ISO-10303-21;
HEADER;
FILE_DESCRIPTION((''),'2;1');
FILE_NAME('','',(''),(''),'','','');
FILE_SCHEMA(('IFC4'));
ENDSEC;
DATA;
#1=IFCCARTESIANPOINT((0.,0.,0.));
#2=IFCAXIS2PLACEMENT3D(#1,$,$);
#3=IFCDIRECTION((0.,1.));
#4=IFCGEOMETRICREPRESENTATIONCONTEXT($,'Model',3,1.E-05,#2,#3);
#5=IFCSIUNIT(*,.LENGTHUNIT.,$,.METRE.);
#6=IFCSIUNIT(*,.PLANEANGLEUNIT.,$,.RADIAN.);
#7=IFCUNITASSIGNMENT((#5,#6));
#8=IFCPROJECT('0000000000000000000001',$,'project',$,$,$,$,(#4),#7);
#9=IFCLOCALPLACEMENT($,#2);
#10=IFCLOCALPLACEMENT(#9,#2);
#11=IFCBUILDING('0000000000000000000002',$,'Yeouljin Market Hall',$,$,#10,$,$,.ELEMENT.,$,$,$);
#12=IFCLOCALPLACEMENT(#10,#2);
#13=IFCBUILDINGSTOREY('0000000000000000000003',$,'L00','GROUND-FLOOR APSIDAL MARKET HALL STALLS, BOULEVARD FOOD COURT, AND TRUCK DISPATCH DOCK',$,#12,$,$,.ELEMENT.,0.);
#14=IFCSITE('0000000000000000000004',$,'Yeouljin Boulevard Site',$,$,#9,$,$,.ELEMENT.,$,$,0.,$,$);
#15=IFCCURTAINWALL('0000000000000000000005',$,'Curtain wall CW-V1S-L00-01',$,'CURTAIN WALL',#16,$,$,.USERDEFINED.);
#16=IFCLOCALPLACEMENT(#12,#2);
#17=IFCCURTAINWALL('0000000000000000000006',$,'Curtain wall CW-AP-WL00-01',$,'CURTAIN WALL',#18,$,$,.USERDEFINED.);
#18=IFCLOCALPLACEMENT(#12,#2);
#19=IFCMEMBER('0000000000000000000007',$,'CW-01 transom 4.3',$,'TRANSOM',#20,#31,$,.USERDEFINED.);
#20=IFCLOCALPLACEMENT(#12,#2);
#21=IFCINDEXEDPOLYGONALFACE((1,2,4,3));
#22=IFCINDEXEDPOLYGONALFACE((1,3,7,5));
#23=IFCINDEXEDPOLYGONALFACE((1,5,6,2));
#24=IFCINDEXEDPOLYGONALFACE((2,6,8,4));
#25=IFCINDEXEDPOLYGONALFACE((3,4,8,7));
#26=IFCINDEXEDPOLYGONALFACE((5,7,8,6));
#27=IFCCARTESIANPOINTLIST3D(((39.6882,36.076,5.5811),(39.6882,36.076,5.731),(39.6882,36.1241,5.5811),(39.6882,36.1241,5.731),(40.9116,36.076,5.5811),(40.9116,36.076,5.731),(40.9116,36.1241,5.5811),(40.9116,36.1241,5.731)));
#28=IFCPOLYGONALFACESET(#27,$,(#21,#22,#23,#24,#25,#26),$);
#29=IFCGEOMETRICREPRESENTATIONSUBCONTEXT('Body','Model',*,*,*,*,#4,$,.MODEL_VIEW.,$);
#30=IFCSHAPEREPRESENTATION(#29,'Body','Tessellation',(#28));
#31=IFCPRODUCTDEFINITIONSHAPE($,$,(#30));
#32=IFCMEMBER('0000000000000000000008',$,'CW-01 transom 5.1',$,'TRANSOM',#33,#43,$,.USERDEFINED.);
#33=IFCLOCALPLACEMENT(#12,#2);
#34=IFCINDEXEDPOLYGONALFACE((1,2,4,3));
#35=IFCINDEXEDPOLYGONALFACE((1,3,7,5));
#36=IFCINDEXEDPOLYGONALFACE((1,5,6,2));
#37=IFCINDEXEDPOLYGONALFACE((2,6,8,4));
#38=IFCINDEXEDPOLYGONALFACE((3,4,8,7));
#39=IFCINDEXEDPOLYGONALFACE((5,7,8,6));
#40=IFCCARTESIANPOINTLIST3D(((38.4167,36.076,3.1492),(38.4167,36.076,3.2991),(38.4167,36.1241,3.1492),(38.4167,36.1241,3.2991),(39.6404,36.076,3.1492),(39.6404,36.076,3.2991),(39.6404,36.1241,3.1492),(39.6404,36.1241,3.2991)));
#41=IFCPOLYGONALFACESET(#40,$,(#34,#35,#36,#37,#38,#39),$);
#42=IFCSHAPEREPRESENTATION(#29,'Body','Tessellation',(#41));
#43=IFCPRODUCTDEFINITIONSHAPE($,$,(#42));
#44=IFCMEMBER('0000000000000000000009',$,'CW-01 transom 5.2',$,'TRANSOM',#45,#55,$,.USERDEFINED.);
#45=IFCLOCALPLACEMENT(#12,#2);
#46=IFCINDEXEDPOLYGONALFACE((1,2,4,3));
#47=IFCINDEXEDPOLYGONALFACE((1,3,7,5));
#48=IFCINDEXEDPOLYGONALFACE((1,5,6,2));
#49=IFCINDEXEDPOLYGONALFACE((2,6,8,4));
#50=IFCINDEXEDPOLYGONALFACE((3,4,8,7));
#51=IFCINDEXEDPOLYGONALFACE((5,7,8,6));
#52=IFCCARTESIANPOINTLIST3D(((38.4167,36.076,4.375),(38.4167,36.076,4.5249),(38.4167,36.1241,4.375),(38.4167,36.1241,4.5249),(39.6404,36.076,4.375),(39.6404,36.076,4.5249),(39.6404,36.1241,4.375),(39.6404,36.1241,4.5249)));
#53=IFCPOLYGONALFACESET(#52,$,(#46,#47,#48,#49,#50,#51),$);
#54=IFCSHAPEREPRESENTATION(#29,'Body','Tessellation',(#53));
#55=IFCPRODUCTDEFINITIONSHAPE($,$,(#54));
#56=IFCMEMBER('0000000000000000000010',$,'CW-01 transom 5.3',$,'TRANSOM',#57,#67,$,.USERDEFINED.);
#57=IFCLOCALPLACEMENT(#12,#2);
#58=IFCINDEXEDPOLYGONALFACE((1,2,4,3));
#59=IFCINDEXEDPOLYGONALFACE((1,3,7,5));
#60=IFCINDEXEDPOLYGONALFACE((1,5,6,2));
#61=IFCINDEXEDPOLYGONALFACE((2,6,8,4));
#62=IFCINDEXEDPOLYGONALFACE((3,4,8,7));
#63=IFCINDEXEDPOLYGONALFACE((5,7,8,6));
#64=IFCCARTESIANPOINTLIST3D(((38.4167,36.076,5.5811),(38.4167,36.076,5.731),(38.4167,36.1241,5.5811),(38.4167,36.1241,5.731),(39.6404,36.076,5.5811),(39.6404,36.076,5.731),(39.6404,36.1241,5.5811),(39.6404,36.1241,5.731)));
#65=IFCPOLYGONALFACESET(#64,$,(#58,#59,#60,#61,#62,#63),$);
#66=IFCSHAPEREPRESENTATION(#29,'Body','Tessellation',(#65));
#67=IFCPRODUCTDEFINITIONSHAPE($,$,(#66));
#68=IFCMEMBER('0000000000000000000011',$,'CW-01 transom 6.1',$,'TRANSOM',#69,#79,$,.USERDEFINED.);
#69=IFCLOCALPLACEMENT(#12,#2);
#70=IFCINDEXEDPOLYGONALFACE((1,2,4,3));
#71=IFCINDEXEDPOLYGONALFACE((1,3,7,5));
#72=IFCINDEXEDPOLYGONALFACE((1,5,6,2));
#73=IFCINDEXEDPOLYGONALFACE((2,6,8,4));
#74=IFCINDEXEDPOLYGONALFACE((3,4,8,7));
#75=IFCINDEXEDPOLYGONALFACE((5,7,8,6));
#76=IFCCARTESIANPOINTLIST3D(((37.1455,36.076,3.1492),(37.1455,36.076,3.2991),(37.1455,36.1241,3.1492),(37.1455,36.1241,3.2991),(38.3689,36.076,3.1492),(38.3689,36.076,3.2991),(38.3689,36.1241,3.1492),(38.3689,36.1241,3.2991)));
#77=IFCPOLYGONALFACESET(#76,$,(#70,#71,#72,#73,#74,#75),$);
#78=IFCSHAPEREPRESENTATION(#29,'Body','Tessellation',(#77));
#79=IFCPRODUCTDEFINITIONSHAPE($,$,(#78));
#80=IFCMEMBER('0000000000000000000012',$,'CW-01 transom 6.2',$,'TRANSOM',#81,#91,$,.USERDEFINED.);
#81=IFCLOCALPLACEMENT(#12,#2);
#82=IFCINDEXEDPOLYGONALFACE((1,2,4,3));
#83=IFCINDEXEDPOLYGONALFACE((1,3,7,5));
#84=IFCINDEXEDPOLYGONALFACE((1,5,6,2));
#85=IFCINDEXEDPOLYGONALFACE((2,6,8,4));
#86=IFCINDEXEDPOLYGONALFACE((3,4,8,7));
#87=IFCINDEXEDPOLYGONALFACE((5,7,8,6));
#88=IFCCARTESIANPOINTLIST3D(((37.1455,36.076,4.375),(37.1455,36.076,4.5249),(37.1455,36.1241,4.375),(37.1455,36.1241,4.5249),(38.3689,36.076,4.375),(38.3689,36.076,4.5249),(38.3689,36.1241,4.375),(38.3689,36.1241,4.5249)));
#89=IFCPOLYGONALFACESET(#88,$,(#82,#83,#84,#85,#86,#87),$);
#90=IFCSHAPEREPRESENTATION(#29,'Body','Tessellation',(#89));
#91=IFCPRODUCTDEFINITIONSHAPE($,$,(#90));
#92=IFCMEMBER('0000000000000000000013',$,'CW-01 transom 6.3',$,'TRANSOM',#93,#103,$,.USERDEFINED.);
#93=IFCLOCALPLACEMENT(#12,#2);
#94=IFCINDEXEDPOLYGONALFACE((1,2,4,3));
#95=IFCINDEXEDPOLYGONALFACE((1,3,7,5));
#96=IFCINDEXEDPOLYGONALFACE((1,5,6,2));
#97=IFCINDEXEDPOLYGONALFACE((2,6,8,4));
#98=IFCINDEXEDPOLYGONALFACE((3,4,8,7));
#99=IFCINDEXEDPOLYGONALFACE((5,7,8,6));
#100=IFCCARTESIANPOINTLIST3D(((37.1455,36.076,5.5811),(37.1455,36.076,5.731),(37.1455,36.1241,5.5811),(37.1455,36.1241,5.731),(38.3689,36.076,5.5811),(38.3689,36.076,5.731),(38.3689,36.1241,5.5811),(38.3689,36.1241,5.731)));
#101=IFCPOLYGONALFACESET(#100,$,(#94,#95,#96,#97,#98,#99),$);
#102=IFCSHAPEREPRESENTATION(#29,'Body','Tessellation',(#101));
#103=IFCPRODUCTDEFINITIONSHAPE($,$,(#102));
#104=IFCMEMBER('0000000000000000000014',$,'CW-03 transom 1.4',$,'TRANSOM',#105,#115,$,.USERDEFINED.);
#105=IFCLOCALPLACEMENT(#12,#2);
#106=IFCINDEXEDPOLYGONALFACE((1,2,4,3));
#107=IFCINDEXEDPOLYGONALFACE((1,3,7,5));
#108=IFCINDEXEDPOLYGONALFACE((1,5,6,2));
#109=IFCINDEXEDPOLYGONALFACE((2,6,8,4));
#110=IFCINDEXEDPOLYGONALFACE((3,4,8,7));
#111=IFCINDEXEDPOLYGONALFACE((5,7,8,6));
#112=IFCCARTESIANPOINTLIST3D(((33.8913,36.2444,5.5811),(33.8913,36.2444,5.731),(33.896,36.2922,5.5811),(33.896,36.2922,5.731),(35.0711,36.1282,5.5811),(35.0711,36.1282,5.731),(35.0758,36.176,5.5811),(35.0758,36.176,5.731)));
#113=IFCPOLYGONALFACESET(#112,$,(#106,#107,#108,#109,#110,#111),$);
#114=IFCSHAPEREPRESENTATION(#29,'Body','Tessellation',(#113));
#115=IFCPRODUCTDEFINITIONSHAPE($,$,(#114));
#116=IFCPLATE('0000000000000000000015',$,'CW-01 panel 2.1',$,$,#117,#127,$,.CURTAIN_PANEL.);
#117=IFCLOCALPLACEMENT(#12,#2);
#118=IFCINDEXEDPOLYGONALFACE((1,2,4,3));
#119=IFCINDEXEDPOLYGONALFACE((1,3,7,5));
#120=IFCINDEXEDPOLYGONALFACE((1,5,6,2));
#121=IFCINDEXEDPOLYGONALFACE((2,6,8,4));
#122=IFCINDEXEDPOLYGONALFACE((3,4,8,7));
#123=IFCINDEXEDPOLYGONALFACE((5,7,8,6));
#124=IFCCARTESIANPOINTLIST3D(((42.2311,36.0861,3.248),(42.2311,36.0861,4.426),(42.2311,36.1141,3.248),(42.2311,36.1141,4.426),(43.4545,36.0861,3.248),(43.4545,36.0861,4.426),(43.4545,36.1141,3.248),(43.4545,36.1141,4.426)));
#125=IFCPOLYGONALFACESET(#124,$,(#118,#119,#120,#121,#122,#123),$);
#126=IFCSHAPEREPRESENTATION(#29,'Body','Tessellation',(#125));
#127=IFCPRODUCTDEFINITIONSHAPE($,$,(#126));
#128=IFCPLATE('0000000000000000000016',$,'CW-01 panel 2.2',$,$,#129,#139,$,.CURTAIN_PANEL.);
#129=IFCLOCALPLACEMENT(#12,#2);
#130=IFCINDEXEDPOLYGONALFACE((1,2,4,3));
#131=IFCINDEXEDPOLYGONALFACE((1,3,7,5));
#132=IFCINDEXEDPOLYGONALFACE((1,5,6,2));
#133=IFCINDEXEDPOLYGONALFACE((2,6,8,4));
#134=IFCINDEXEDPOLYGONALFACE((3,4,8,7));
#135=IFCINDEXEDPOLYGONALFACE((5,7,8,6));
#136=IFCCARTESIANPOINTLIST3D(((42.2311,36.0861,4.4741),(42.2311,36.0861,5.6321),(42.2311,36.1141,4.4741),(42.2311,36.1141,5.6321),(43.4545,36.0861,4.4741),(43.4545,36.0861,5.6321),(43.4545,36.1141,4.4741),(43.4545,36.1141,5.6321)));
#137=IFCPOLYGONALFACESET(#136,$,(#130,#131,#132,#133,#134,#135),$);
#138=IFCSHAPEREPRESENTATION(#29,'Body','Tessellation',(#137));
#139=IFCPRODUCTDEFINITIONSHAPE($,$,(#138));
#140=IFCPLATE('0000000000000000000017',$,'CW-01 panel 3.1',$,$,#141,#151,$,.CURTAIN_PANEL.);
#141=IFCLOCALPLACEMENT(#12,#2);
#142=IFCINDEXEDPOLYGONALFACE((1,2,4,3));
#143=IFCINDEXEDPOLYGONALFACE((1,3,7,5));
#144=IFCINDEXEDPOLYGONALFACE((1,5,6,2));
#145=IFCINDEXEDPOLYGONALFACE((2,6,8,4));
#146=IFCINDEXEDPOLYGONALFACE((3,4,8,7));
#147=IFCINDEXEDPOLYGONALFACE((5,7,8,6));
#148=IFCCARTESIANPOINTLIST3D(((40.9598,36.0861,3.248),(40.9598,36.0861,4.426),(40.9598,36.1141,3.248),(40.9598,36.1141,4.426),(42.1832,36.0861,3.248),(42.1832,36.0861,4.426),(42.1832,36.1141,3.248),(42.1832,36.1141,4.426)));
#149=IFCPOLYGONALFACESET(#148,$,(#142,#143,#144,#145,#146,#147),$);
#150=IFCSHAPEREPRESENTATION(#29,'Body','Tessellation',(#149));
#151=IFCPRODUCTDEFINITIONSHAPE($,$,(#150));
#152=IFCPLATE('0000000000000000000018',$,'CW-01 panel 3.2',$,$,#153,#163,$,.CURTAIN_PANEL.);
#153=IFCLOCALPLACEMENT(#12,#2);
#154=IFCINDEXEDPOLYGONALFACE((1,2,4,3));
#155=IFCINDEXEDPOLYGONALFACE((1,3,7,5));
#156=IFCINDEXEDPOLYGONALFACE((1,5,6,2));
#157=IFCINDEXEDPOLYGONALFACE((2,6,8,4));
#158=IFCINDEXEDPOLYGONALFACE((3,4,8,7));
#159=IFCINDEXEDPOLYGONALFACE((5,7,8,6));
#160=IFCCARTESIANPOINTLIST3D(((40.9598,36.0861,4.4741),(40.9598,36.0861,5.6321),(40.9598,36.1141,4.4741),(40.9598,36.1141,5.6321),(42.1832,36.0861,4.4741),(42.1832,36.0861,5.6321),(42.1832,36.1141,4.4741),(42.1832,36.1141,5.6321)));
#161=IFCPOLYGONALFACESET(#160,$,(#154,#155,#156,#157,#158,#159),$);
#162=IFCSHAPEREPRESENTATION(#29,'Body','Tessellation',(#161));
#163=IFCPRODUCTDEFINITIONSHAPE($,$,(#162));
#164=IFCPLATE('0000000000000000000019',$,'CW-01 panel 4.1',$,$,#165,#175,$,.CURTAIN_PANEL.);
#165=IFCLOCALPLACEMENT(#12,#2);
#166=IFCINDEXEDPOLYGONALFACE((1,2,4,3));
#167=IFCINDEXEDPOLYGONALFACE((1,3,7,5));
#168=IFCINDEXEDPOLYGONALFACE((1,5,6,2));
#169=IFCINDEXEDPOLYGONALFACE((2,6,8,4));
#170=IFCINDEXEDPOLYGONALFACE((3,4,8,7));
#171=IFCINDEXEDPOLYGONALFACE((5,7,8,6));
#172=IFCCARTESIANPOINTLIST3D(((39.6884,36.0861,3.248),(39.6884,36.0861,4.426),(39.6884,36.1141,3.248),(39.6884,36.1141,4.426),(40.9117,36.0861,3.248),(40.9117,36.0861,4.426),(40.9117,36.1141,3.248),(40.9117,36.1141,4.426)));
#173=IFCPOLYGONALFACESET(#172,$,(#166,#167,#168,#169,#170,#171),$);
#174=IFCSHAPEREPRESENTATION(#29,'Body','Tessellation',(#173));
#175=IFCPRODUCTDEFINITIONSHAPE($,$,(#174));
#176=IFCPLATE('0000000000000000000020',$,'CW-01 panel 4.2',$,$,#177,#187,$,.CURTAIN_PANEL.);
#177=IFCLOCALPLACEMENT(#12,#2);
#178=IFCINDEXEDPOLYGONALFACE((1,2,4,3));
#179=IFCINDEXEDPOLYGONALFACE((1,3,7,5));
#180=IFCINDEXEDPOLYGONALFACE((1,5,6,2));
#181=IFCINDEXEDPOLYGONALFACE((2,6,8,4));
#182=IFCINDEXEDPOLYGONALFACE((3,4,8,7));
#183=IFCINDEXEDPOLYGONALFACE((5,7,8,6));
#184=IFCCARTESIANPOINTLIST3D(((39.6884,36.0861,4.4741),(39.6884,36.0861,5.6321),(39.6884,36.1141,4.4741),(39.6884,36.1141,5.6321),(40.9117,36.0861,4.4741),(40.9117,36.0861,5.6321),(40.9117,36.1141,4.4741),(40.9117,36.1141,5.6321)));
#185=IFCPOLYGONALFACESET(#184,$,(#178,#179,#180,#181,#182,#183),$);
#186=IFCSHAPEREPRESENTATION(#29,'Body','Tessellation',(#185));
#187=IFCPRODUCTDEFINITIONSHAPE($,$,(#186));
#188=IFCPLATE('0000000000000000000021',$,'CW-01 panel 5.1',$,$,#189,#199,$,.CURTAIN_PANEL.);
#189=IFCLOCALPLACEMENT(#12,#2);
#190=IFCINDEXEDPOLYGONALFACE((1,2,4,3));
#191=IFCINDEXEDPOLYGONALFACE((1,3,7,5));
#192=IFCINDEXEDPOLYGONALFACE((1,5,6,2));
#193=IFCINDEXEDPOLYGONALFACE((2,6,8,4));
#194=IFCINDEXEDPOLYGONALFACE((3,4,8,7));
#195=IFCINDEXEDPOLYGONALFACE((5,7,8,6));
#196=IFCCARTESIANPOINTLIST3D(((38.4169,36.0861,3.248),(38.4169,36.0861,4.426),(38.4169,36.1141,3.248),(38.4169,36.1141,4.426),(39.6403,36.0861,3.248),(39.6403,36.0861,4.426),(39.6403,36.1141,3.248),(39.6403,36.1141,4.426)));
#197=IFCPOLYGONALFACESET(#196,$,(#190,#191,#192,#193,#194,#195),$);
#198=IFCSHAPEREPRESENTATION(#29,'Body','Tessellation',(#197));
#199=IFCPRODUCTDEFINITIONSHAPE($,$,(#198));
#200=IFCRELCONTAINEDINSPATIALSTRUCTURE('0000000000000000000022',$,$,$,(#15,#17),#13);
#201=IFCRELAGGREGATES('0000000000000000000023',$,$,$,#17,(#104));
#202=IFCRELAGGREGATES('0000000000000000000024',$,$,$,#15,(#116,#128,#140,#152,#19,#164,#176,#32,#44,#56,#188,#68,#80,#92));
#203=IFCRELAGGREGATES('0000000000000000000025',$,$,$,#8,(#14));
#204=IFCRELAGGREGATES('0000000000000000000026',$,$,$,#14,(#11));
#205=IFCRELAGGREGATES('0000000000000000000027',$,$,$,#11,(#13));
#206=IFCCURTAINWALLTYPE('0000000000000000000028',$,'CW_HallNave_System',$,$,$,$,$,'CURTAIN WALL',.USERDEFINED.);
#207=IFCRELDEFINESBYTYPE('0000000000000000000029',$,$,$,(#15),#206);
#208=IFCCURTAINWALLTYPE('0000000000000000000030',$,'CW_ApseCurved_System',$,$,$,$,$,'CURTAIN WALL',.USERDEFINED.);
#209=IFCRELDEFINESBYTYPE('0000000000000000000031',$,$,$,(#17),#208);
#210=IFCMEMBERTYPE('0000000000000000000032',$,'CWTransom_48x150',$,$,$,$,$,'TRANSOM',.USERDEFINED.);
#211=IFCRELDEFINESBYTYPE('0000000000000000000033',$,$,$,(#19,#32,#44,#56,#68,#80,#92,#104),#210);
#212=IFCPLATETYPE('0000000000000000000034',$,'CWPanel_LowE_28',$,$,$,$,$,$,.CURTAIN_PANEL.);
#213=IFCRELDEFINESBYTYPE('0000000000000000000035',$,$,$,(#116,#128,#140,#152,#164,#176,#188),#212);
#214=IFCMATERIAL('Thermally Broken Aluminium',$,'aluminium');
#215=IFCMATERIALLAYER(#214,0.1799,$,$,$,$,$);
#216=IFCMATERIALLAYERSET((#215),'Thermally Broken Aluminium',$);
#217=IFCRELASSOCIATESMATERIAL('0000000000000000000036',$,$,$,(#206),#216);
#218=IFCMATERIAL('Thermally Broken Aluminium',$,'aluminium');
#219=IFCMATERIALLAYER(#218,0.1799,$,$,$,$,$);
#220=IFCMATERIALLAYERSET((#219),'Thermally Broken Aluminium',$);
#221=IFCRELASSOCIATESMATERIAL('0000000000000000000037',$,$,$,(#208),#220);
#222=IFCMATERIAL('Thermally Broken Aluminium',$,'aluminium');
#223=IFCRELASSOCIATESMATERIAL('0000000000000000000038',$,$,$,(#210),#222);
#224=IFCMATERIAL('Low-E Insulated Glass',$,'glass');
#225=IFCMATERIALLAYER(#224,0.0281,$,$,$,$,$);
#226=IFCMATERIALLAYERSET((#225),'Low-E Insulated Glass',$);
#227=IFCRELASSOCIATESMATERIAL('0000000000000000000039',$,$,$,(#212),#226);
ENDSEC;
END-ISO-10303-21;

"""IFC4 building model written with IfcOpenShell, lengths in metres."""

from ifc_helpers import new_model, si_unit, direction, frame, origin, origin_2d, place, context, subcontext, project, spatial, rectangle, extrude, material, layer, layer_set, material_profile, profile_set, type_object, element, aggregate, save


model = new_model("IFC4")

# Units and contexts
model_context = context("Model", 3, precision=1e-05, world=origin(), true_north=direction((0.0, 1.0)))
body_context = subcontext(model_context, "Body", "Model", "MODEL_VIEW")
ifc_project = project(units=[si_unit("LENGTHUNIT", "METRE"), si_unit("PLANEANGLEUNIT", "RADIAN")], contexts=[model_context])

# Site, building, storey
site_placement = place(None, origin())
site = spatial("IfcSite", under=ifc_project, at=site_placement, Name="Yeouljin Boulevard Site", CompositionType="ELEMENT", RefElevation=0.0)
building_placement = place(site_placement, origin())
building = spatial("IfcBuilding", under=site, at=building_placement, Name="Yeouljin Market Hall", CompositionType="ELEMENT")
storey_placement = place(building_placement, origin())
storey = spatial("IfcBuildingStorey", under=building, at=storey_placement, Name="L00", Description="GROUND-FLOOR APSIDAL MARKET HALL STALLS, BOULEVARD FOOD COURT, AND TRUCK DISPATCH DOCK", CompositionType="ELEMENT", Elevation=0.0)

# Curtain wall
ifc_material_1 = material(Name="Thermally Broken Aluminium", Category="aluminium")
ifc_layer_1 = layer(ifc_material_1, 0.1799)
ifc_layer_set_1 = layer_set([ifc_layer_1], Name="Thermally Broken Aluminium")
curtain_wall_type_1 = type_object("IfcCurtainWallType", Name="CW_HallNave_System", ElementType="CURTAIN WALL", PredefinedType="USERDEFINED", material=ifc_layer_set_1)
curtain_wall_1_placement = place(storey_placement, origin())
curtain_wall_1 = element("IfcCurtainWall", 1, at=curtain_wall_1_placement, inside=storey, type_object=curtain_wall_type_1, Name="Curtain wall CW-V1S-L00-01", ObjectType="CURTAIN WALL", PredefinedType="USERDEFINED")

# Curtain wall
ifc_material_2 = material(Name="Thermally Broken Aluminium", Category="aluminium")
ifc_layer_2 = layer(ifc_material_2, 0.1799)
ifc_layer_set_2 = layer_set([ifc_layer_2], Name="Thermally Broken Aluminium")
curtain_wall_type_2 = type_object("IfcCurtainWallType", Name="CW_ApseCurved_System", ElementType="CURTAIN WALL", PredefinedType="USERDEFINED", material=ifc_layer_set_2)
curtain_wall_2_placement = place(storey_placement, origin())
curtain_wall_2 = element("IfcCurtainWall", 2, at=curtain_wall_2_placement, inside=storey, type_object=curtain_wall_type_2, Name="Curtain wall CW-AP-WL00-01", ObjectType="CURTAIN WALL", PredefinedType="USERDEFINED")

# Members
ifc_material_3 = material(Name="Thermally Broken Aluminium", Category="aluminium")
ifc_material_profile_1 = material_profile(ifc_material_3, rectangle(XDim=0.0481, YDim=0.1499, at=origin_2d()), Name="CW-TRAN-48x150")
ifc_profile_set_1 = profile_set([ifc_material_profile_1], Name="Thermally Broken Aluminium")
member_type_1 = type_object("IfcMemberType", Name="CWTransom_48x150", ElementType="TRANSOM", PredefinedType="USERDEFINED", material=ifc_profile_set_1)
member_1_placement = place(storey_placement, frame((40.9116, 36.1001, 5.656), z_axis=(-1.0, 0.0, 0.0), x_axis=(0.0, -1.0, 0.0)))
member_1 = element("IfcMember", 3, at=member_1_placement, type_object=member_type_1, Name="CW-01 transom 4.3", ObjectType="TRANSOM", PredefinedType="USERDEFINED", context=body_context, shape_type="SweptSolid", body=[
    extrude(rectangle(XDim=0.0481, YDim=0.1499, at=origin_2d()), origin(), (0.0, 0.0, 1.0), 1.2234),
])
member_2_placement = place(storey_placement, frame((39.6404, 36.1001, 3.2241), z_axis=(-1.0, 0.0, 0.0), x_axis=(0.0, -1.0, 0.0)))
member_2 = element("IfcMember", 4, at=member_2_placement, type_object=member_type_1, Name="CW-01 transom 5.1", ObjectType="TRANSOM", PredefinedType="USERDEFINED", context=body_context, shape_type="SweptSolid", body=[
    extrude(rectangle(XDim=0.0481, YDim=0.1499, at=origin_2d()), origin(), (0.0, 0.0, 1.0), 1.2236),
])
member_3_placement = place(storey_placement, frame((39.6404, 36.1001, 4.45), z_axis=(-1.0, 0.0, 0.0), x_axis=(0.0, -1.0, 0.0)))
member_3 = element("IfcMember", 5, at=member_3_placement, type_object=member_type_1, Name="CW-01 transom 5.2", ObjectType="TRANSOM", PredefinedType="USERDEFINED", context=body_context, shape_type="SweptSolid", body=[
    extrude(rectangle(XDim=0.0481, YDim=0.1499, at=origin_2d()), origin(), (0.0, 0.0, 1.0), 1.2236),
])
member_4_placement = place(storey_placement, frame((39.6404, 36.1001, 5.656), z_axis=(-1.0, 0.0, 0.0), x_axis=(0.0, -1.0, 0.0)))
member_4 = element("IfcMember", 6, at=member_4_placement, type_object=member_type_1, Name="CW-01 transom 5.3", ObjectType="TRANSOM", PredefinedType="USERDEFINED", context=body_context, shape_type="SweptSolid", body=[
    extrude(rectangle(XDim=0.0481, YDim=0.1499, at=origin_2d()), origin(), (0.0, 0.0, 1.0), 1.2236),
])
member_5_placement = place(storey_placement, frame((38.3689, 36.1001, 3.2241), z_axis=(-1.0, 0.0, 0.0), x_axis=(0.0, -1.0, 0.0)))
member_5 = element("IfcMember", 7, at=member_5_placement, type_object=member_type_1, Name="CW-01 transom 6.1", ObjectType="TRANSOM", PredefinedType="USERDEFINED", context=body_context, shape_type="SweptSolid", body=[
    extrude(rectangle(XDim=0.0481, YDim=0.1499, at=origin_2d()), origin(), (0.0, 0.0, 1.0), 1.2234),
])
member_6_placement = place(storey_placement, frame((38.3689, 36.1001, 4.45), z_axis=(-1.0, 0.0, 0.0), x_axis=(0.0, -1.0, 0.0)))
member_6 = element("IfcMember", 8, at=member_6_placement, type_object=member_type_1, Name="CW-01 transom 6.2", ObjectType="TRANSOM", PredefinedType="USERDEFINED", context=body_context, shape_type="SweptSolid", body=[
    extrude(rectangle(XDim=0.0481, YDim=0.1499, at=origin_2d()), origin(), (0.0, 0.0, 1.0), 1.2234),
])
member_7_placement = place(storey_placement, frame((38.3689, 36.1001, 5.656), z_axis=(-1.0, 0.0, 0.0), x_axis=(0.0, -1.0, 0.0)))
member_7 = element("IfcMember", 9, at=member_7_placement, type_object=member_type_1, Name="CW-01 transom 6.3", ObjectType="TRANSOM", PredefinedType="USERDEFINED", context=body_context, shape_type="SweptSolid", body=[
    extrude(rectangle(XDim=0.0481, YDim=0.1499, at=origin_2d()), origin(), (0.0, 0.0, 1.0), 1.2234),
])
member_8_placement = place(storey_placement, frame((35.0735, 36.1521, 5.656), z_axis=(-0.995185, 0.098015, 0.0), x_axis=(-0.098015, -0.995185, 0.0)))
member_8 = element("IfcMember", 10, at=member_8_placement, type_object=member_type_1, Name="CW-03 transom 1.4", ObjectType="TRANSOM", PredefinedType="USERDEFINED", context=body_context, shape_type="SweptSolid", body=[
    extrude(rectangle(XDim=0.0481, YDim=0.1499, at=origin_2d()), origin(), (0.0, 0.0, 1.0), 1.1855),
])
aggregate(curtain_wall_2, [member_8])

# Plates
ifc_material_4 = material(Name="Low-E Insulated Glass", Category="glass")
ifc_layer_3 = layer(ifc_material_4, 0.0281)
ifc_layer_set_3 = layer_set([ifc_layer_3], Name="Low-E Insulated Glass")
plate_type = type_object("IfcPlateType", Name="CWPanel_LowE_28", PredefinedType="CURTAIN_PANEL", material=ifc_layer_set_3)
plate_1_placement = place(storey_placement, frame((42.8428, 36.1001, 3.248), z_axis=(0.0, 0.0, 1.0), x_axis=(-1.0, 0.0, 0.0)))
plate_1 = element("IfcPlate", 11, at=plate_1_placement, type_object=plate_type, Name="CW-01 panel 2.1", PredefinedType="CURTAIN_PANEL", context=body_context, shape_type="SweptSolid", body=[
    extrude(rectangle(XDim=1.2234, YDim=0.0281, at=origin_2d()), origin(), (0.0, 0.0, 1.0), 1.178),
])
plate_2_placement = place(storey_placement, frame((42.8428, 36.1001, 4.4741), z_axis=(0.0, 0.0, 1.0), x_axis=(-1.0, 0.0, 0.0)))
plate_2 = element("IfcPlate", 12, at=plate_2_placement, type_object=plate_type, Name="CW-01 panel 2.2", PredefinedType="CURTAIN_PANEL", context=body_context, shape_type="SweptSolid", body=[
    extrude(rectangle(XDim=1.2234, YDim=0.0281, at=origin_2d()), origin(), (0.0, 0.0, 1.0), 1.158),
])
plate_3_placement = place(storey_placement, frame((41.5715, 36.1001, 3.248), z_axis=(0.0, 0.0, 1.0), x_axis=(-1.0, 0.0, 0.0)))
plate_3 = element("IfcPlate", 13, at=plate_3_placement, type_object=plate_type, Name="CW-01 panel 3.1", PredefinedType="CURTAIN_PANEL", context=body_context, shape_type="SweptSolid", body=[
    extrude(rectangle(XDim=1.2234, YDim=0.0281, at=origin_2d()), origin(), (0.0, 0.0, 1.0), 1.178),
])
plate_4_placement = place(storey_placement, frame((41.5715, 36.1001, 4.4741), z_axis=(0.0, 0.0, 1.0), x_axis=(-1.0, 0.0, 0.0)))
plate_4 = element("IfcPlate", 14, at=plate_4_placement, type_object=plate_type, Name="CW-01 panel 3.2", PredefinedType="CURTAIN_PANEL", context=body_context, shape_type="SweptSolid", body=[
    extrude(rectangle(XDim=1.2234, YDim=0.0281, at=origin_2d()), origin(), (0.0, 0.0, 1.0), 1.158),
])
plate_5_placement = place(storey_placement, frame((40.3, 36.1001, 3.248), z_axis=(0.0, 0.0, 1.0), x_axis=(-1.0, 0.0, 0.0)))
plate_5 = element("IfcPlate", 15, at=plate_5_placement, type_object=plate_type, Name="CW-01 panel 4.1", PredefinedType="CURTAIN_PANEL", context=body_context, shape_type="SweptSolid", body=[
    extrude(rectangle(XDim=1.2234, YDim=0.0281, at=origin_2d()), origin(), (0.0, 0.0, 1.0), 1.178),
])
plate_6_placement = place(storey_placement, frame((40.3, 36.1001, 4.4741), z_axis=(0.0, 0.0, 1.0), x_axis=(-1.0, 0.0, 0.0)))
plate_6 = element("IfcPlate", 16, at=plate_6_placement, type_object=plate_type, Name="CW-01 panel 4.2", PredefinedType="CURTAIN_PANEL", context=body_context, shape_type="SweptSolid", body=[
    extrude(rectangle(XDim=1.2234, YDim=0.0281, at=origin_2d()), origin(), (0.0, 0.0, 1.0), 1.158),
])
plate_7_placement = place(storey_placement, frame((39.0286, 36.1001, 3.248), z_axis=(0.0, 0.0, 1.0), x_axis=(-1.0, 0.0, 0.0)))
plate_7 = element("IfcPlate", 17, at=plate_7_placement, type_object=plate_type, Name="CW-01 panel 5.1", PredefinedType="CURTAIN_PANEL", context=body_context, shape_type="SweptSolid", body=[
    extrude(rectangle(XDim=1.2234, YDim=0.0281, at=origin_2d()), origin(), (0.0, 0.0, 1.0), 1.178),
])
aggregate(curtain_wall_1, [plate_1, plate_2, plate_3, plate_4, member_1, plate_5, plate_6, member_2, member_3, member_4, plate_7, member_5, member_6, member_7])

save(model, "model.ifc")
